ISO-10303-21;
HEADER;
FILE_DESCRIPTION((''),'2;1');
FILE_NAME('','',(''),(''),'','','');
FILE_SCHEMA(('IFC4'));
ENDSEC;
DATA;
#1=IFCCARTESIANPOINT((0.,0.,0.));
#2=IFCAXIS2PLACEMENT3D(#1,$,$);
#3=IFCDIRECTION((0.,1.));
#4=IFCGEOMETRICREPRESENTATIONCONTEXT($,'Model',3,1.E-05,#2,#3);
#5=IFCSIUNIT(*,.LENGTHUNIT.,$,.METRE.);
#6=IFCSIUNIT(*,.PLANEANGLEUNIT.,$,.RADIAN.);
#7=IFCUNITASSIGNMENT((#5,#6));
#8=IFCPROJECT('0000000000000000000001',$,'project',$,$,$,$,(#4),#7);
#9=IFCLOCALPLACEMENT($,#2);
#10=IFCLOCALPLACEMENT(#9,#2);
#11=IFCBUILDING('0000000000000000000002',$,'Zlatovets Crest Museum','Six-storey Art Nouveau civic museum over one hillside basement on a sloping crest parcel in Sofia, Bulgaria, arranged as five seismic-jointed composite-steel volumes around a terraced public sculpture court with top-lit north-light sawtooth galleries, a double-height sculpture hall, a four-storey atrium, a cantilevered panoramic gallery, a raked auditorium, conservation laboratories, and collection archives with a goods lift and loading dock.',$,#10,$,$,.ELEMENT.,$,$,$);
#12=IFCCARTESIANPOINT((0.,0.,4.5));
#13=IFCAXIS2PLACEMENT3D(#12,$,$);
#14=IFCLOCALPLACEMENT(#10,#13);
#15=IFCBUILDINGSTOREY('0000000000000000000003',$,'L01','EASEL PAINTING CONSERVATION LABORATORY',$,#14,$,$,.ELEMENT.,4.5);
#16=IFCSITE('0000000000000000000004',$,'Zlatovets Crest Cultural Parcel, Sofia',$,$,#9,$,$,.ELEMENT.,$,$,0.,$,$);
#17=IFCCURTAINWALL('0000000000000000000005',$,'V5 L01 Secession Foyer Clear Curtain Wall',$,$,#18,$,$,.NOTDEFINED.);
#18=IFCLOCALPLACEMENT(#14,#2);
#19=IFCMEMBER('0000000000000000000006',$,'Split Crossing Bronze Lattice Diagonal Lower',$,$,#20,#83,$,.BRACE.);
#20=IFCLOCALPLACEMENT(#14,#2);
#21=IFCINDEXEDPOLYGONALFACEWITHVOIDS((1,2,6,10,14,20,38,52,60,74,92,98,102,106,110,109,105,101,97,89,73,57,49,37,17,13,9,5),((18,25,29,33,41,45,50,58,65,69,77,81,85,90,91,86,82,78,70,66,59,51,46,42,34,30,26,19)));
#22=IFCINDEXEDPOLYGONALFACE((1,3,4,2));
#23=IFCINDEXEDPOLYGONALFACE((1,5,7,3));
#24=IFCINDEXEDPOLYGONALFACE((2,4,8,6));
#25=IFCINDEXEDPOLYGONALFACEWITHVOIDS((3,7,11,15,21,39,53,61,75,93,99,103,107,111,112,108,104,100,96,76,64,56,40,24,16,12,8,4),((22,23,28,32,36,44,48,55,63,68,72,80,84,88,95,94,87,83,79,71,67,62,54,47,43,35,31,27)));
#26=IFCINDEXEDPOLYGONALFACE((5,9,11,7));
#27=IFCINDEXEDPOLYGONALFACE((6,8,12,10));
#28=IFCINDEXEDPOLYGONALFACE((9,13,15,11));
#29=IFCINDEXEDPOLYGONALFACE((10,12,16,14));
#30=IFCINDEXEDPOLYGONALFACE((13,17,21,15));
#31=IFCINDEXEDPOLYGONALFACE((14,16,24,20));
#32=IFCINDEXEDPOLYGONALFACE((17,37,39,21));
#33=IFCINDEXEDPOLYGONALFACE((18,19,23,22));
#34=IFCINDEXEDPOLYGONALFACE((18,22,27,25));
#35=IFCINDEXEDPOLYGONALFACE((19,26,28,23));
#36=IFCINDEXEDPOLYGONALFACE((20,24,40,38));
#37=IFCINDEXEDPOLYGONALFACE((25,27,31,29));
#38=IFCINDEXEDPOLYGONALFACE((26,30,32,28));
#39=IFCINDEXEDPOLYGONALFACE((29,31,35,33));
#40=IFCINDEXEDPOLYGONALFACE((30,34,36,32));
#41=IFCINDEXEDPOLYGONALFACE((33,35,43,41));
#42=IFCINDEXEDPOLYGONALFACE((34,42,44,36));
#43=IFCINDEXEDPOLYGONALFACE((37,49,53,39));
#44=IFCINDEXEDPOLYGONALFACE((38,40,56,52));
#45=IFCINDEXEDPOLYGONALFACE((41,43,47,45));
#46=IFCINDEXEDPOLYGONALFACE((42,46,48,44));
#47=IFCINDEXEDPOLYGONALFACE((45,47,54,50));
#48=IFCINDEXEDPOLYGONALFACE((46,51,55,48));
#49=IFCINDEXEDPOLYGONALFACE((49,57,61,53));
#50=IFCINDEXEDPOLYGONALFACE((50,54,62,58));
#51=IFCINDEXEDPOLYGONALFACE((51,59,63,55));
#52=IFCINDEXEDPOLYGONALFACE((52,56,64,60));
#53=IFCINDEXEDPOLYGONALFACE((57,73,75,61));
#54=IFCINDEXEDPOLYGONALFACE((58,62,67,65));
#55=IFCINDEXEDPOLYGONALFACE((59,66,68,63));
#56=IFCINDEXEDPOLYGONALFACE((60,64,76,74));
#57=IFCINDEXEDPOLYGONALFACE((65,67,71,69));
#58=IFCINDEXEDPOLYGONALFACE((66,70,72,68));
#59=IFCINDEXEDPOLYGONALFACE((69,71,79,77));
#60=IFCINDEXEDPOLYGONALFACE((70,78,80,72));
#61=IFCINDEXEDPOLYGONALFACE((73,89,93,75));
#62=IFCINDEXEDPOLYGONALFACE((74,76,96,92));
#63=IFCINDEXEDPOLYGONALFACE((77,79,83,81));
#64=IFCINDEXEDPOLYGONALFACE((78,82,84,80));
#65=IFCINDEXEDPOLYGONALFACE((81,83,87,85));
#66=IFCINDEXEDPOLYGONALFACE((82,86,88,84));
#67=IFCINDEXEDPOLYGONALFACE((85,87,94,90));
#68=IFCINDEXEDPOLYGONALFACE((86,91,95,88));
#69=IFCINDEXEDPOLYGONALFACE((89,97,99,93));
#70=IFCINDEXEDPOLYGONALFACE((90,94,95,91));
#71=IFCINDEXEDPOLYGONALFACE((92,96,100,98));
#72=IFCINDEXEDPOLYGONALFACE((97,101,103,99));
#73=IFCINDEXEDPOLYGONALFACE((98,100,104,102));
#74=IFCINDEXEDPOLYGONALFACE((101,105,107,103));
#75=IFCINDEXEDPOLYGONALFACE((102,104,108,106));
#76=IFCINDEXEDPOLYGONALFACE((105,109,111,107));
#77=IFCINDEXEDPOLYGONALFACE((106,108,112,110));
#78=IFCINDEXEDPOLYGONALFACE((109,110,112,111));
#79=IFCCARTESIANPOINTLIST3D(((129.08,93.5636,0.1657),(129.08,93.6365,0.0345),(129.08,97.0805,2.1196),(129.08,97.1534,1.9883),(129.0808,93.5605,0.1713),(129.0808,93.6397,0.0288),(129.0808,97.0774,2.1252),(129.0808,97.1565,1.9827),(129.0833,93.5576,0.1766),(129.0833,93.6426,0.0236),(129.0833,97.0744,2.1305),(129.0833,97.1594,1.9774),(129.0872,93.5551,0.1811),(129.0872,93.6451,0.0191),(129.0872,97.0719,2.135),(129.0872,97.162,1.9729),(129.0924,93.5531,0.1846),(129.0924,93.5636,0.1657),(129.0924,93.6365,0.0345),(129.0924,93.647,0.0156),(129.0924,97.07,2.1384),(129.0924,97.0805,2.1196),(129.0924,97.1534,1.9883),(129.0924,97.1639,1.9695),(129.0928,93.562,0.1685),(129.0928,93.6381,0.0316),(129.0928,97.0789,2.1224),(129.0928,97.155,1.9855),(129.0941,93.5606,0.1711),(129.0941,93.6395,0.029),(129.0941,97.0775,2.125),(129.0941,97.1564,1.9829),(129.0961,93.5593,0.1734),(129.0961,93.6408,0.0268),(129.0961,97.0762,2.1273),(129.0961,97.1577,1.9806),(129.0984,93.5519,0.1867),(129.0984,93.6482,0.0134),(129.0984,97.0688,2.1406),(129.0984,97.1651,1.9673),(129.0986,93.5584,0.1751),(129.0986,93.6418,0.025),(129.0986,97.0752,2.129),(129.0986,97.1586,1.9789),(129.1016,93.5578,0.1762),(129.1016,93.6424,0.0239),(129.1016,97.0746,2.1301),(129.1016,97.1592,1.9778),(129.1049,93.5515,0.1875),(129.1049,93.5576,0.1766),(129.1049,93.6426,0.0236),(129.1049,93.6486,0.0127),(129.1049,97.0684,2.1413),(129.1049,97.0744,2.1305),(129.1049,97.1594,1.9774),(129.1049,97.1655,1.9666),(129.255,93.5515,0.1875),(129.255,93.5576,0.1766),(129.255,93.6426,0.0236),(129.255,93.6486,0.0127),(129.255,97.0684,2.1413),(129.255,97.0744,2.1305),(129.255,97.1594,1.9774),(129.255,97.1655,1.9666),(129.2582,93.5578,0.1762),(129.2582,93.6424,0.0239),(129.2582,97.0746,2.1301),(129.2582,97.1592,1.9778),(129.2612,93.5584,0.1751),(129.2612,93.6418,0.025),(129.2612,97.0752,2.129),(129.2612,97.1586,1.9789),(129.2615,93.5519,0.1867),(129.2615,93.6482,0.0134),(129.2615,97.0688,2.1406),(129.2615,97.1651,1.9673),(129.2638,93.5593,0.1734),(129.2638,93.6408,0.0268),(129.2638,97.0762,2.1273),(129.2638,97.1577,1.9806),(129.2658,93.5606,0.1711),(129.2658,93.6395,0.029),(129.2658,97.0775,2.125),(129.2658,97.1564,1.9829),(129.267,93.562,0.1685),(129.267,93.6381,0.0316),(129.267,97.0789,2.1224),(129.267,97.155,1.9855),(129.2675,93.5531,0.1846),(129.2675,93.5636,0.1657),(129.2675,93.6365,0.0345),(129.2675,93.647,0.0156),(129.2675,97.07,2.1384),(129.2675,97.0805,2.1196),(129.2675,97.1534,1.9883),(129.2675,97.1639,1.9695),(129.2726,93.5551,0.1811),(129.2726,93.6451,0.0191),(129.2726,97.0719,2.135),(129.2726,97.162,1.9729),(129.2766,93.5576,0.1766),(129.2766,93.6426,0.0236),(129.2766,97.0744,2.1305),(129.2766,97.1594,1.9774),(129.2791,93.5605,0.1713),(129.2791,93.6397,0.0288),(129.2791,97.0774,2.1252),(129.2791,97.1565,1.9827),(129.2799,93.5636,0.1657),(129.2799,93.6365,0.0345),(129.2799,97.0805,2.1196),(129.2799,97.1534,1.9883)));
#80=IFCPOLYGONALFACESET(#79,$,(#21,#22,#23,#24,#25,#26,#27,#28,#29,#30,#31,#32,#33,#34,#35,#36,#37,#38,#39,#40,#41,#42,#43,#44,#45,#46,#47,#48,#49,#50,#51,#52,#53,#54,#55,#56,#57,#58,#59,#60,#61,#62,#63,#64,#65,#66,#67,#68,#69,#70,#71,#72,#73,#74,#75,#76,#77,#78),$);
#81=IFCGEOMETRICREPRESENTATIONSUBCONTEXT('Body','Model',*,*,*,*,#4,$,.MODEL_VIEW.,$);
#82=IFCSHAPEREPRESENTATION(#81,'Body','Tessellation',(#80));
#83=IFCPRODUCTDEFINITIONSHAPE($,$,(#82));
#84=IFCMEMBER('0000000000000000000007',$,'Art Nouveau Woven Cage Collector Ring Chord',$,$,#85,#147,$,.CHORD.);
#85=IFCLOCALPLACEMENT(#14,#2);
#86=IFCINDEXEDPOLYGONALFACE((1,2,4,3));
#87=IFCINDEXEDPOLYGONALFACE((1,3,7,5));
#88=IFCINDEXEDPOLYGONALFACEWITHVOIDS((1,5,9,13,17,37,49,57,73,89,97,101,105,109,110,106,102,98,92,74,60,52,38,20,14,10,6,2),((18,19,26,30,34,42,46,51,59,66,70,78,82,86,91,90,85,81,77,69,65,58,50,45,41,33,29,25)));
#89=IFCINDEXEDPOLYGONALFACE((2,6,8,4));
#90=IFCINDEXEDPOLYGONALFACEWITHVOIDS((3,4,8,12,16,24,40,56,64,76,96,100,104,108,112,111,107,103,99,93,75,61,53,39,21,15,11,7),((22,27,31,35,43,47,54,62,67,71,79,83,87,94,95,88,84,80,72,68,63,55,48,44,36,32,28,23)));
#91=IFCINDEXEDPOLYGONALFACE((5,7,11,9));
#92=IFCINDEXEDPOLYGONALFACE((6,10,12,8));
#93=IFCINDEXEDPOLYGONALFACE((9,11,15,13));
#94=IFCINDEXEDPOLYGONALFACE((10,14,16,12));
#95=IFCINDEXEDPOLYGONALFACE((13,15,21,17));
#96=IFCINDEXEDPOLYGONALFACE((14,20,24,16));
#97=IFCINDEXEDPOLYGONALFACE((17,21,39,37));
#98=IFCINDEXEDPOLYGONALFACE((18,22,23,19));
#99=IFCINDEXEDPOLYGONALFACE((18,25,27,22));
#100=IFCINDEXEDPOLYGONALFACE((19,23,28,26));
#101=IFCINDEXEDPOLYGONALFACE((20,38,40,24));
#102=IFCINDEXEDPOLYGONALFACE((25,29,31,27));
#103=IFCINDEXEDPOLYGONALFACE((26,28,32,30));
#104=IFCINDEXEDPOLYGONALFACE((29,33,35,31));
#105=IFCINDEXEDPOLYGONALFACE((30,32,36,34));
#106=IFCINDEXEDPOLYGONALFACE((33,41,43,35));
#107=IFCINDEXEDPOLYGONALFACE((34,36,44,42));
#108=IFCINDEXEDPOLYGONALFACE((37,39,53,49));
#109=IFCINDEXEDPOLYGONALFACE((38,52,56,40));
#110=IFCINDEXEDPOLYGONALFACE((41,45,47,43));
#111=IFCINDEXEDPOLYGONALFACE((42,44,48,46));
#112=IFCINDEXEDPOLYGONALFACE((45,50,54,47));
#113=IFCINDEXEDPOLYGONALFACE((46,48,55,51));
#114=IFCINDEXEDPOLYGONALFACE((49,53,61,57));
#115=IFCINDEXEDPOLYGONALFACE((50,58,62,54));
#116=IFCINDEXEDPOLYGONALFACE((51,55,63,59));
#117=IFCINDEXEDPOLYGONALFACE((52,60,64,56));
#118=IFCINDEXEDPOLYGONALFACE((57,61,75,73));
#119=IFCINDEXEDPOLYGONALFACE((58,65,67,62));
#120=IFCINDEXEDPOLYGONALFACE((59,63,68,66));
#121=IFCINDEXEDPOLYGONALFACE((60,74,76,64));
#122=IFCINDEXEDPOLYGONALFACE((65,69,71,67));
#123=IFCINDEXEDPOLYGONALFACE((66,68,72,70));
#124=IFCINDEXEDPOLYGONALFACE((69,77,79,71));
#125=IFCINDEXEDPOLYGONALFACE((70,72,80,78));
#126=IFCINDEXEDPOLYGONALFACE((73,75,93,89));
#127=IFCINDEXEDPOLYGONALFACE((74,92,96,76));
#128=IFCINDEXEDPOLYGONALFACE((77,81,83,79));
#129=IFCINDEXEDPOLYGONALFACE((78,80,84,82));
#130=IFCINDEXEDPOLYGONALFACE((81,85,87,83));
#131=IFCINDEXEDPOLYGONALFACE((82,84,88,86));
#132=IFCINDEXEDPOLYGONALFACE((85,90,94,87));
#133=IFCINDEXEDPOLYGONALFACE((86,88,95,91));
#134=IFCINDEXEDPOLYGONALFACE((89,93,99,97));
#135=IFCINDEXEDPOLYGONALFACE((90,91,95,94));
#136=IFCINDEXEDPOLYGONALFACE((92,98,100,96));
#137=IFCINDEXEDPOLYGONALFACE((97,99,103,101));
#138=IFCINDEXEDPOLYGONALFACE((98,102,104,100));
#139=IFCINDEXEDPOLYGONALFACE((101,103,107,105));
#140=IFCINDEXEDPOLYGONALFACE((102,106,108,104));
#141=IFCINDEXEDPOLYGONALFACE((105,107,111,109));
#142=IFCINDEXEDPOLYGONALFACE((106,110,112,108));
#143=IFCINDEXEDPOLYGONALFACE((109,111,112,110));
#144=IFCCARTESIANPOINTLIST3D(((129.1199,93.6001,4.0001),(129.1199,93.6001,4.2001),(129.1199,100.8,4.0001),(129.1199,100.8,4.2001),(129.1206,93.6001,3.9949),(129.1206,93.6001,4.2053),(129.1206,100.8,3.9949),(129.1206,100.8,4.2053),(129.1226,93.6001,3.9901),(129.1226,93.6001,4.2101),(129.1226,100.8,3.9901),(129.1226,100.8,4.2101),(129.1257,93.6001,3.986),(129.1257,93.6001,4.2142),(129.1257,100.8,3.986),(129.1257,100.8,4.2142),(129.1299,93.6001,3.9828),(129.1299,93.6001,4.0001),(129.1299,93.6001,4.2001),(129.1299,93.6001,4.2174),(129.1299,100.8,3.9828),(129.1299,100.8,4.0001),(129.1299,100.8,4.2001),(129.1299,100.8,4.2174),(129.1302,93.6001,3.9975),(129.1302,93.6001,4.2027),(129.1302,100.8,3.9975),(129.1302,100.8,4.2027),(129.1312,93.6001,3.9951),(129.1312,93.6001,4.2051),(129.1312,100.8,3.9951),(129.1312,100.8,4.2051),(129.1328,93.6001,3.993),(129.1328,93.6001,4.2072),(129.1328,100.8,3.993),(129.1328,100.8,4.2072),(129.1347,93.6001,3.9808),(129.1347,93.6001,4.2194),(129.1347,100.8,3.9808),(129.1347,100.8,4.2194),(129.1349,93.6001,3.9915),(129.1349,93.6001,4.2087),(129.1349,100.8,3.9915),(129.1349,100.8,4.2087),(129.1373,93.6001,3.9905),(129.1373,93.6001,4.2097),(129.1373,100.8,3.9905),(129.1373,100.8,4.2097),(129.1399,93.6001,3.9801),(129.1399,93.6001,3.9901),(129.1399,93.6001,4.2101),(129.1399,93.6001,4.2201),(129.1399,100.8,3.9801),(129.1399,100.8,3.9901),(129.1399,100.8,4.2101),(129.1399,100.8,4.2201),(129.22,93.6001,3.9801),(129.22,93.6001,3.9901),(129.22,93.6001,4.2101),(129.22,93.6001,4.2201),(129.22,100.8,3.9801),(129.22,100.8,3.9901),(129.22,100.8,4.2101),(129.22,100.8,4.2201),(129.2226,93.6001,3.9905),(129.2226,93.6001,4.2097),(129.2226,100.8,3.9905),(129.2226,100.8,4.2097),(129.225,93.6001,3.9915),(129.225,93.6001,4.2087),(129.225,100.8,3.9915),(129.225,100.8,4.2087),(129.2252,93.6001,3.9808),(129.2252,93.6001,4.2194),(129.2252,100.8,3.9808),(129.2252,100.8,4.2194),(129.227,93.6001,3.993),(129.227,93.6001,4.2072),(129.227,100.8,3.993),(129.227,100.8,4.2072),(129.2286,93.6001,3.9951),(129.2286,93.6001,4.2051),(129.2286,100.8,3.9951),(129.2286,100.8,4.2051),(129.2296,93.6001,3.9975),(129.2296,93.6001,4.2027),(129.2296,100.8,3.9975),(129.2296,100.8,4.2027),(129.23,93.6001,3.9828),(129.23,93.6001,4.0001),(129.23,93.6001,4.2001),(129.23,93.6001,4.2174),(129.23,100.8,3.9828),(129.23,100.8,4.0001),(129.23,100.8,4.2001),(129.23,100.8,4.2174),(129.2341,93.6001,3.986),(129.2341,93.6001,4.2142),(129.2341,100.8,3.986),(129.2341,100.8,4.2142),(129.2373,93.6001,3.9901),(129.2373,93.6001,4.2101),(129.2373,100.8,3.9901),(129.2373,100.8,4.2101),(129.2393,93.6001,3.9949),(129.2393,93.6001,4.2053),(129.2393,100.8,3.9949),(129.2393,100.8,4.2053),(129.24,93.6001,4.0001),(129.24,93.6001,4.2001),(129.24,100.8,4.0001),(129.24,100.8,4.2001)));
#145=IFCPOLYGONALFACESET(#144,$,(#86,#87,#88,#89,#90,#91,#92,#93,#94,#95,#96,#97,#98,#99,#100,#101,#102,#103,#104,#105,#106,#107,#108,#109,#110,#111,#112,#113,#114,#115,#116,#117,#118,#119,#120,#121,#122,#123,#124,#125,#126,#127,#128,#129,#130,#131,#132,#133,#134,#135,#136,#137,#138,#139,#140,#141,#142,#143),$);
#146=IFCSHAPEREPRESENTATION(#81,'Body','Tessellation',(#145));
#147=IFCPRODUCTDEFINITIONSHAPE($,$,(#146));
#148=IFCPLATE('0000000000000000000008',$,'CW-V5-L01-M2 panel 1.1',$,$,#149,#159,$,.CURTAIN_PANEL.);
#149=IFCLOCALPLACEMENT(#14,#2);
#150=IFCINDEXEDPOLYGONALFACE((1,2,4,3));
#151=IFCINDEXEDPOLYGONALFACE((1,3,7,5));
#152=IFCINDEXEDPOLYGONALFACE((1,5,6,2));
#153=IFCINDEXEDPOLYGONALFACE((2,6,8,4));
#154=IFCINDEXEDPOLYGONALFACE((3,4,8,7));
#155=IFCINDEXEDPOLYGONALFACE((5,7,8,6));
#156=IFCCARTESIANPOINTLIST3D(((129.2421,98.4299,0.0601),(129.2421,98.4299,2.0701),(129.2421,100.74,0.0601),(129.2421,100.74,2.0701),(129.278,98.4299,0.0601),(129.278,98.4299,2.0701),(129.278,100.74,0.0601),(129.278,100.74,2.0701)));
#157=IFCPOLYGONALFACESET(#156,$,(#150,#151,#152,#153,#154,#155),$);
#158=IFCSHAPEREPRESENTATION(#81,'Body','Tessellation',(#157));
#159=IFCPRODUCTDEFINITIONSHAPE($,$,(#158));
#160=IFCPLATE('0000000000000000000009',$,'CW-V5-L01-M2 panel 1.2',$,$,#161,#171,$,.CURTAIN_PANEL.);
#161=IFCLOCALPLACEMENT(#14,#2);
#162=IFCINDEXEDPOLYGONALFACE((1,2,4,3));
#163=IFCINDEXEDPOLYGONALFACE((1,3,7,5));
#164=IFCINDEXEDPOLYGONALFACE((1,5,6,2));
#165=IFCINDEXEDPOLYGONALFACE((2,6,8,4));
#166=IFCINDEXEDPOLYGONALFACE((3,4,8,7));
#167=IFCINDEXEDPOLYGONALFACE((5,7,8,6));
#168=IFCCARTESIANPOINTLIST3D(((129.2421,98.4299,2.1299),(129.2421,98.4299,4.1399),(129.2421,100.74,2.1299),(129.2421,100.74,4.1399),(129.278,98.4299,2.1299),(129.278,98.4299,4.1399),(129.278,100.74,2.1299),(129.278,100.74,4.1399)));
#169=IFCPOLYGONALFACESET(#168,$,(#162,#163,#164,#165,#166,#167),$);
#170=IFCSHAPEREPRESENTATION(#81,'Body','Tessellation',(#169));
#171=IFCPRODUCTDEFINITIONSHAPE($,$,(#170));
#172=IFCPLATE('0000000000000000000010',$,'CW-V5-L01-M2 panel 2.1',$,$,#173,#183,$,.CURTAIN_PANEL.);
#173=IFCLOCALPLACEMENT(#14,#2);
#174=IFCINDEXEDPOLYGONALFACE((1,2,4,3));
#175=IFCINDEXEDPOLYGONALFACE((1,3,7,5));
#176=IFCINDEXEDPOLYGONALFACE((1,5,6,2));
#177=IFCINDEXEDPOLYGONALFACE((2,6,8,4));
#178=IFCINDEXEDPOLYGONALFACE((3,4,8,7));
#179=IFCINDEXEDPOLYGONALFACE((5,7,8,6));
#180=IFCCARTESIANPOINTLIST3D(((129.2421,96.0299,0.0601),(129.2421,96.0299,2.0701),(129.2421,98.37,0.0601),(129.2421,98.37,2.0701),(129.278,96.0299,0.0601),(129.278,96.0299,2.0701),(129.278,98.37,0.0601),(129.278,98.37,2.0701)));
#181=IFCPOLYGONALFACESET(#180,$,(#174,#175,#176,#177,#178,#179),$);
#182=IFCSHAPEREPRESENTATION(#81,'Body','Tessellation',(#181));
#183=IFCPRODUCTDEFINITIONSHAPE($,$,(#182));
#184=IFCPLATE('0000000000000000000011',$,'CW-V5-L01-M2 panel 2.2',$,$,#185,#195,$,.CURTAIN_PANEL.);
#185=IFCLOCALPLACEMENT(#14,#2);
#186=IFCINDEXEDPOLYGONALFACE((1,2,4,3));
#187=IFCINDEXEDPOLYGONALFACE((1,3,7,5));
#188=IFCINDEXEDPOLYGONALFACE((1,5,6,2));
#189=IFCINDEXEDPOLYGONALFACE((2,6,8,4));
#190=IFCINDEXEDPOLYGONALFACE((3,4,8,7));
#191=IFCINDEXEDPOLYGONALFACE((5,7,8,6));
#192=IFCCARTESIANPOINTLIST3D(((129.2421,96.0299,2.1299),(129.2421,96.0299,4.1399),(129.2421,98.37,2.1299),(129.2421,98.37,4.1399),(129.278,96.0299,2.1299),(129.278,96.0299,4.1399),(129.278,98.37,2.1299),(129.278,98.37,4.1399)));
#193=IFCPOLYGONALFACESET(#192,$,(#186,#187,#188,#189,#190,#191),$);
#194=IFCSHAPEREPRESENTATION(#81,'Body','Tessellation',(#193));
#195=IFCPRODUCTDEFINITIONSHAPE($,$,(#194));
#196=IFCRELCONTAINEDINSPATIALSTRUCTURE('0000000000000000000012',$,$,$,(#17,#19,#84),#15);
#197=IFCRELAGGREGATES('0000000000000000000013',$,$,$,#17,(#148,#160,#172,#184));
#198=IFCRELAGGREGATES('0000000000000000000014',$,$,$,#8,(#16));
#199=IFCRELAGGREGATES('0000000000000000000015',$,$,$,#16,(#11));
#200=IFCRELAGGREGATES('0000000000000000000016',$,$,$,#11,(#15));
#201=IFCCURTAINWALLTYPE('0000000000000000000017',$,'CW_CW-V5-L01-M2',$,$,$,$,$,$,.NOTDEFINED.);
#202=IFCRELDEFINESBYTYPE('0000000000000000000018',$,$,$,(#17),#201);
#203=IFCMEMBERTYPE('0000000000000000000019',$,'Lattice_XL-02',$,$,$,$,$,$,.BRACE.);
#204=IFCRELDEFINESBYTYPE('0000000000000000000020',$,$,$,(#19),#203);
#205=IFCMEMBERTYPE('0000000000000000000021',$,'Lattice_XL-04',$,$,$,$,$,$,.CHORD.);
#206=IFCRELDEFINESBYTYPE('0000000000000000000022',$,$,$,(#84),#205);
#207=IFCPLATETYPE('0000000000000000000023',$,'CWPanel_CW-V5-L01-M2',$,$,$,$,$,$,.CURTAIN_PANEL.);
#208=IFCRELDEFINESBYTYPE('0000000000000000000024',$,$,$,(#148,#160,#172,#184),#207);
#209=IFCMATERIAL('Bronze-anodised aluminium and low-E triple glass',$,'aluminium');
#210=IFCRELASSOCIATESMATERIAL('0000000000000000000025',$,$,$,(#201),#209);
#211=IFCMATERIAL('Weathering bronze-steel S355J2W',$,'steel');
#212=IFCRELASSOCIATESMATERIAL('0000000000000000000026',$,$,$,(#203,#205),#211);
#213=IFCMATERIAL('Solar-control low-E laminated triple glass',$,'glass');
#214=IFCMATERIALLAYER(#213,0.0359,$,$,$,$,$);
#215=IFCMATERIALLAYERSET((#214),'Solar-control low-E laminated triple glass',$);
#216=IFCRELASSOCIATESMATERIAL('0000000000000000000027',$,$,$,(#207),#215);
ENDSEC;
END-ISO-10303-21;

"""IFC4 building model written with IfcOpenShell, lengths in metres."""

from ifc_helpers import new_model, si_unit, direction, frame, origin, origin_2d, place, context, subcontext, project, spatial, rectangle, hollow_rectangle, extrude, material, layer, layer_set, material_profile, profile_set, type_object, element, aggregate, save


model = new_model("IFC4")

# Units and contexts
model_context = context("Model", 3, precision=1e-05, world=origin(), true_north=direction((0.0, 1.0)))
body_context = subcontext(model_context, "Body", "Model", "MODEL_VIEW")
ifc_project = project(units=[si_unit("LENGTHUNIT", "METRE"), si_unit("PLANEANGLEUNIT", "RADIAN")], contexts=[model_context])

# Site, building, storey
site_placement = place(None, origin())
site = spatial("IfcSite", under=ifc_project, at=site_placement, Name="Zlatovets Crest Cultural Parcel, Sofia", CompositionType="ELEMENT", RefElevation=0.0)
building_placement = place(site_placement, origin())
building = spatial("IfcBuilding", under=site, at=building_placement, Name="Zlatovets Crest Museum", Description="Six-storey Art Nouveau civic museum over one hillside basement on a sloping crest parcel in Sofia, Bulgaria, arranged as five seismic-jointed composite-steel volumes around a terraced public sculpture court with top-lit north-light sawtooth galleries, a double-height sculpture hall, a four-storey atrium, a cantilevered panoramic gallery, a raked auditorium, conservation laboratories, and collection archives with a goods lift and loading dock.", CompositionType="ELEMENT")
storey_placement = place(building_placement, frame((0.0, 0.0, 4.5)))
storey = spatial("IfcBuildingStorey", under=building, at=storey_placement, Name="L01", Description="EASEL PAINTING CONSERVATION LABORATORY", CompositionType="ELEMENT", Elevation=4.5)

# Curtain wall
ifc_material_1 = material(Name="Bronze-anodised aluminium and low-E triple glass", Category="aluminium")
curtain_wall_type = type_object("IfcCurtainWallType", Name="CW_CW-V5-L01-M2", PredefinedType="NOTDEFINED", material=ifc_material_1)
curtain_wall_placement = place(storey_placement, origin())
curtain_wall = element("IfcCurtainWall", 1, at=curtain_wall_placement, inside=storey, type_object=curtain_wall_type, Name="V5 L01 Secession Foyer Clear Curtain Wall", PredefinedType="NOTDEFINED")

# Members
ifc_material_2 = material(Name="Weathering bronze-steel S355J2W", Category="steel")
ifc_material_profile_1 = material_profile(ifc_material_2, hollow_rectangle(XDim=0.2, YDim=0.2, WallThickness=0.0125, InnerFilletRadius=0.0125, OuterFilletRadius=0.0249, at=origin_2d()), Name="SHS 200x200x12.5")
ifc_profile_set_1 = profile_set([ifc_material_profile_1], Name="Weathering bronze-steel S355J2W")
member_type_1 = type_object("IfcMemberType", Name="Lattice_XL-02", PredefinedType="BRACE", material=ifc_profile_set_1)
member_1_placement = place(storey_placement, frame((129.1799, 97.1169, 2.054), z_axis=(0.0, -0.874152, -0.485653), x_axis=(1.0, 0.0, 0.0)))
element("IfcMember", 2, at=member_1_placement, inside=storey, type_object=member_type_1, Name="Split Crossing Bronze Lattice Diagonal Lower", PredefinedType="BRACE", context=body_context, shape_type="SweptSolid", body=[
    extrude(hollow_rectangle(XDim=0.2, YDim=0.2, WallThickness=0.0125, InnerFilletRadius=0.0125, OuterFilletRadius=0.0249, at=origin_2d()), origin(), (0.0, 0.0, 1.0), 4.0232),
])
ifc_material_profile_2 = material_profile(ifc_material_2, hollow_rectangle(XDim=0.1201, YDim=0.24, WallThickness=0.01, InnerFilletRadius=0.01, OuterFilletRadius=0.02, at=origin_2d()), Name="RHS 120x240x10.0")
ifc_profile_set_2 = profile_set([ifc_material_profile_2], Name="Weathering bronze-steel S355J2W")
member_type_2 = type_object("IfcMemberType", Name="Lattice_XL-04", PredefinedType="CHORD", material=ifc_profile_set_2)
member_2_placement = place(storey_placement, frame((129.1799, 100.8, 4.1001), z_axis=(0.0, -1.0, 0.0), x_axis=(1.0, 0.0, 0.0)))
element("IfcMember", 3, at=member_2_placement, inside=storey, type_object=member_type_2, Name="Art Nouveau Woven Cage Collector Ring Chord", PredefinedType="CHORD", context=body_context, shape_type="SweptSolid", body=[
    extrude(hollow_rectangle(XDim=0.1201, YDim=0.24, WallThickness=0.01, InnerFilletRadius=0.01, OuterFilletRadius=0.02, at=origin_2d()), origin(), (0.0, 0.0, 1.0), 7.2),
])

# Plates
ifc_material_3 = material(Name="Solar-control low-E laminated triple glass", Category="glass")
ifc_layer_1 = layer(ifc_material_3, 0.0359)
ifc_layer_set_1 = layer_set([ifc_layer_1], Name="Solar-control low-E laminated triple glass")
plate_type_1 = type_object("IfcPlateType", Name="CWPanel_CW-V5-L01-M2", PredefinedType="CURTAIN_PANEL", material=ifc_layer_set_1)
plate_1_placement = place(storey_placement, frame((129.26, 99.585, 0.0601), z_axis=(0.0, 0.0, 1.0), x_axis=(0.0, -1.0, 0.0)))
plate_1 = element("IfcPlate", 4, at=plate_1_placement, type_object=plate_type_1, Name="CW-V5-L01-M2 panel 1.1", PredefinedType="CURTAIN_PANEL", context=body_context, shape_type="SweptSolid", body=[
    extrude(rectangle(XDim=2.3101, YDim=0.0359, at=origin_2d()), origin(), (0.0, 0.0, 1.0), 2.01),
])
plate_2_placement = place(storey_placement, frame((129.26, 99.585, 2.1299), z_axis=(0.0, 0.0, 1.0), x_axis=(0.0, -1.0, 0.0)))
plate_2 = element("IfcPlate", 5, at=plate_2_placement, type_object=plate_type_1, Name="CW-V5-L01-M2 panel 1.2", PredefinedType="CURTAIN_PANEL", context=body_context, shape_type="SweptSolid", body=[
    extrude(rectangle(XDim=2.3101, YDim=0.0359, at=origin_2d()), origin(), (0.0, 0.0, 1.0), 2.01),
])
plate_3_placement = place(storey_placement, frame((129.26, 97.2, 0.0601), z_axis=(0.0, 0.0, 1.0), x_axis=(0.0, -1.0, 0.0)))
plate_3 = element("IfcPlate", 6, at=plate_3_placement, type_object=plate_type_1, Name="CW-V5-L01-M2 panel 2.1", PredefinedType="CURTAIN_PANEL", context=body_context, shape_type="SweptSolid", body=[
    extrude(rectangle(XDim=2.3401, YDim=0.0359, at=origin_2d()), origin(), (0.0, 0.0, 1.0), 2.01),
])
plate_4_placement = place(storey_placement, frame((129.26, 97.2, 2.1299), z_axis=(0.0, 0.0, 1.0), x_axis=(0.0, -1.0, 0.0)))
plate_4 = element("IfcPlate", 7, at=plate_4_placement, type_object=plate_type_1, Name="CW-V5-L01-M2 panel 2.2", PredefinedType="CURTAIN_PANEL", context=body_context, shape_type="SweptSolid", body=[
    extrude(rectangle(XDim=2.3401, YDim=0.0359, at=origin_2d()), origin(), (0.0, 0.0, 1.0), 2.01),
])
aggregate(curtain_wall, [plate_1, plate_2, plate_3, plate_4])

save(model, "model.ifc")
